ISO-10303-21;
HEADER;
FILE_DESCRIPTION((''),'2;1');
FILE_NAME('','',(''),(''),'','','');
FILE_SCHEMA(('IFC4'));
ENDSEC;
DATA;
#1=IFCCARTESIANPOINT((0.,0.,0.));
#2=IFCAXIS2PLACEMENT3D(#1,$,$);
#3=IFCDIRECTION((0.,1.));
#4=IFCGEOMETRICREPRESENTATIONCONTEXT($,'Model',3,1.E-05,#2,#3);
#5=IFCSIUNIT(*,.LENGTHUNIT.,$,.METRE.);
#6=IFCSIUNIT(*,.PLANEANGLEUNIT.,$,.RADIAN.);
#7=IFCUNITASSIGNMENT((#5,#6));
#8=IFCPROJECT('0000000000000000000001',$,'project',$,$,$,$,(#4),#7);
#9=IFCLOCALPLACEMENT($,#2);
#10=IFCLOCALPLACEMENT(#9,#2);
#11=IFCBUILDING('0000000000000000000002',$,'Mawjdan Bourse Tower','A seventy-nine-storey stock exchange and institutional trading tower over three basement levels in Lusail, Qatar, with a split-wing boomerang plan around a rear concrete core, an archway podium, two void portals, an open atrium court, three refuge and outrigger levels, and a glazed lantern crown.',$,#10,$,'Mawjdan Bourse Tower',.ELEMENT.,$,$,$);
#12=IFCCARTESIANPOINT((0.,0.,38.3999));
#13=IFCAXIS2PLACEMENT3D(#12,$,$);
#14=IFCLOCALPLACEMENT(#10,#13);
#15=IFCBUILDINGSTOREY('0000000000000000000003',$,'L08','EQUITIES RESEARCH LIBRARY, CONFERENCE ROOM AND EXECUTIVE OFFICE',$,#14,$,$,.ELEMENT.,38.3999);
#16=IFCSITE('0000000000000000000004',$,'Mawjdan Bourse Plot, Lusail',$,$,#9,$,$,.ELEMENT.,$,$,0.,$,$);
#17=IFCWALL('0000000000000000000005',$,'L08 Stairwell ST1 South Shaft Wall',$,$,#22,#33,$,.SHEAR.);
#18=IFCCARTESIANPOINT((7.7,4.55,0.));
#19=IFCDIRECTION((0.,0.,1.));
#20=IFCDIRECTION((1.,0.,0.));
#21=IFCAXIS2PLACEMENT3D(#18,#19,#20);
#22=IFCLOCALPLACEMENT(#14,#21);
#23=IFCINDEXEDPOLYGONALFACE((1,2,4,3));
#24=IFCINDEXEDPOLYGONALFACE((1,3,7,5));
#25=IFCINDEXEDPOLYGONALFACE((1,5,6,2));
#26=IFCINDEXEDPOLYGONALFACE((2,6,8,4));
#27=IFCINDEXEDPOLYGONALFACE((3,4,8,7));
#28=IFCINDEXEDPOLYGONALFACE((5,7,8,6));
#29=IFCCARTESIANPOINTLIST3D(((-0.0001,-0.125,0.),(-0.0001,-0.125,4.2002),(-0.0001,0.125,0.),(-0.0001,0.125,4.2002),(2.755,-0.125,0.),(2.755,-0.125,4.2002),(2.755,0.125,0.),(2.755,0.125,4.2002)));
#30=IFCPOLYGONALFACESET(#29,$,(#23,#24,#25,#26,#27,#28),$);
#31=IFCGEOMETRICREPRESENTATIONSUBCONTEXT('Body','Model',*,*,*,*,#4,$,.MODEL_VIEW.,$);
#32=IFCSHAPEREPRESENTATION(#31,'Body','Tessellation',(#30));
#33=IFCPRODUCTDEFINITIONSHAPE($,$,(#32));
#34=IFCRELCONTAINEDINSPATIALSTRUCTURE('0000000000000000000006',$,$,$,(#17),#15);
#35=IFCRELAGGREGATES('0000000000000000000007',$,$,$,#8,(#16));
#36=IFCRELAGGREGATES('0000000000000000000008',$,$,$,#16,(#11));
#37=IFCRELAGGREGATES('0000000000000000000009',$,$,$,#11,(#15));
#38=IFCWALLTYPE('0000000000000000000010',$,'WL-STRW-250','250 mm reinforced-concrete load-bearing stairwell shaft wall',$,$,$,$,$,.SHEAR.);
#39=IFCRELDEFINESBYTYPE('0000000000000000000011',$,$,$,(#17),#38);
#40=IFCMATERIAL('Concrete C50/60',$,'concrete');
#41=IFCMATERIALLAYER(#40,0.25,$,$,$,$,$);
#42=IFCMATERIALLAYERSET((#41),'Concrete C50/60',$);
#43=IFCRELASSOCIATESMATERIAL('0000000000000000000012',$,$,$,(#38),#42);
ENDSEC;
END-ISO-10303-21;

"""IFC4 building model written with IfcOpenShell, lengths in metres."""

from ifc_helpers import new_model, si_unit, direction, frame, frame_2d, origin, place, context, subcontext, project, spatial, rectangle, extrude, material, layer, layer_set, type_object, element, save


model = new_model("IFC4")

# Units and contexts
model_context = context("Model", 3, precision=1e-05, world=origin(), true_north=direction((0.0, 1.0)))
body_context = subcontext(model_context, "Body", "Model", "MODEL_VIEW")
ifc_project = project(units=[si_unit("LENGTHUNIT", "METRE"), si_unit("PLANEANGLEUNIT", "RADIAN")], contexts=[model_context])

# Site, building, storey
site_placement = place(None, origin())
site = spatial("IfcSite", under=ifc_project, at=site_placement, Name="Mawjdan Bourse Plot, Lusail", CompositionType="ELEMENT", RefElevation=0.0)
building_placement = place(site_placement, origin())
building = spatial("IfcBuilding", under=site, at=building_placement, Name="Mawjdan Bourse Tower", Description="A seventy-nine-storey stock exchange and institutional trading tower over three basement levels in Lusail, Qatar, with a split-wing boomerang plan around a rear concrete core, an archway podium, two void portals, an open atrium court, three refuge and outrigger levels, and a glazed lantern crown.", LongName="Mawjdan Bourse Tower", CompositionType="ELEMENT")
storey_placement = place(building_placement, frame((0.0, 0.0, 38.3999)))
storey = spatial("IfcBuildingStorey", under=building, at=storey_placement, Name="L08", Description="EQUITIES RESEARCH LIBRARY, CONFERENCE ROOM AND EXECUTIVE OFFICE", CompositionType="ELEMENT", Elevation=38.3999)

# Shared definitions
ifc_material_1 = material(Name="Concrete C50/60", Category="concrete")

# Wall
ifc_layer_1 = layer(ifc_material_1, 0.25)
ifc_layer_set_1 = layer_set([ifc_layer_1], Name="Concrete C50/60")
wall_type_1 = type_object("IfcWallType", Name="WL-STRW-250", Description="250 mm reinforced-concrete load-bearing stairwell shaft wall", PredefinedType="SHEAR", material=ifc_layer_set_1)
wall_1_placement = place(storey_placement, frame((7.7, 4.55, 0.0), z_axis=(0.0, 0.0, 1.0), x_axis=(1.0, 0.0, 0.0)))
element("IfcWall", 1, at=wall_1_placement, inside=storey, type_object=wall_type_1, Name="L08 Stairwell ST1 South Shaft Wall", PredefinedType="SHEAR", context=body_context, shape_type="SweptSolid", body=[
    extrude(rectangle(XDim=2.7551, YDim=0.25, at=frame_2d((1.3774, 0.0))), origin(), (0.0, 0.0, 1.0), 4.2002),
])

save(model, "model.ifc")
